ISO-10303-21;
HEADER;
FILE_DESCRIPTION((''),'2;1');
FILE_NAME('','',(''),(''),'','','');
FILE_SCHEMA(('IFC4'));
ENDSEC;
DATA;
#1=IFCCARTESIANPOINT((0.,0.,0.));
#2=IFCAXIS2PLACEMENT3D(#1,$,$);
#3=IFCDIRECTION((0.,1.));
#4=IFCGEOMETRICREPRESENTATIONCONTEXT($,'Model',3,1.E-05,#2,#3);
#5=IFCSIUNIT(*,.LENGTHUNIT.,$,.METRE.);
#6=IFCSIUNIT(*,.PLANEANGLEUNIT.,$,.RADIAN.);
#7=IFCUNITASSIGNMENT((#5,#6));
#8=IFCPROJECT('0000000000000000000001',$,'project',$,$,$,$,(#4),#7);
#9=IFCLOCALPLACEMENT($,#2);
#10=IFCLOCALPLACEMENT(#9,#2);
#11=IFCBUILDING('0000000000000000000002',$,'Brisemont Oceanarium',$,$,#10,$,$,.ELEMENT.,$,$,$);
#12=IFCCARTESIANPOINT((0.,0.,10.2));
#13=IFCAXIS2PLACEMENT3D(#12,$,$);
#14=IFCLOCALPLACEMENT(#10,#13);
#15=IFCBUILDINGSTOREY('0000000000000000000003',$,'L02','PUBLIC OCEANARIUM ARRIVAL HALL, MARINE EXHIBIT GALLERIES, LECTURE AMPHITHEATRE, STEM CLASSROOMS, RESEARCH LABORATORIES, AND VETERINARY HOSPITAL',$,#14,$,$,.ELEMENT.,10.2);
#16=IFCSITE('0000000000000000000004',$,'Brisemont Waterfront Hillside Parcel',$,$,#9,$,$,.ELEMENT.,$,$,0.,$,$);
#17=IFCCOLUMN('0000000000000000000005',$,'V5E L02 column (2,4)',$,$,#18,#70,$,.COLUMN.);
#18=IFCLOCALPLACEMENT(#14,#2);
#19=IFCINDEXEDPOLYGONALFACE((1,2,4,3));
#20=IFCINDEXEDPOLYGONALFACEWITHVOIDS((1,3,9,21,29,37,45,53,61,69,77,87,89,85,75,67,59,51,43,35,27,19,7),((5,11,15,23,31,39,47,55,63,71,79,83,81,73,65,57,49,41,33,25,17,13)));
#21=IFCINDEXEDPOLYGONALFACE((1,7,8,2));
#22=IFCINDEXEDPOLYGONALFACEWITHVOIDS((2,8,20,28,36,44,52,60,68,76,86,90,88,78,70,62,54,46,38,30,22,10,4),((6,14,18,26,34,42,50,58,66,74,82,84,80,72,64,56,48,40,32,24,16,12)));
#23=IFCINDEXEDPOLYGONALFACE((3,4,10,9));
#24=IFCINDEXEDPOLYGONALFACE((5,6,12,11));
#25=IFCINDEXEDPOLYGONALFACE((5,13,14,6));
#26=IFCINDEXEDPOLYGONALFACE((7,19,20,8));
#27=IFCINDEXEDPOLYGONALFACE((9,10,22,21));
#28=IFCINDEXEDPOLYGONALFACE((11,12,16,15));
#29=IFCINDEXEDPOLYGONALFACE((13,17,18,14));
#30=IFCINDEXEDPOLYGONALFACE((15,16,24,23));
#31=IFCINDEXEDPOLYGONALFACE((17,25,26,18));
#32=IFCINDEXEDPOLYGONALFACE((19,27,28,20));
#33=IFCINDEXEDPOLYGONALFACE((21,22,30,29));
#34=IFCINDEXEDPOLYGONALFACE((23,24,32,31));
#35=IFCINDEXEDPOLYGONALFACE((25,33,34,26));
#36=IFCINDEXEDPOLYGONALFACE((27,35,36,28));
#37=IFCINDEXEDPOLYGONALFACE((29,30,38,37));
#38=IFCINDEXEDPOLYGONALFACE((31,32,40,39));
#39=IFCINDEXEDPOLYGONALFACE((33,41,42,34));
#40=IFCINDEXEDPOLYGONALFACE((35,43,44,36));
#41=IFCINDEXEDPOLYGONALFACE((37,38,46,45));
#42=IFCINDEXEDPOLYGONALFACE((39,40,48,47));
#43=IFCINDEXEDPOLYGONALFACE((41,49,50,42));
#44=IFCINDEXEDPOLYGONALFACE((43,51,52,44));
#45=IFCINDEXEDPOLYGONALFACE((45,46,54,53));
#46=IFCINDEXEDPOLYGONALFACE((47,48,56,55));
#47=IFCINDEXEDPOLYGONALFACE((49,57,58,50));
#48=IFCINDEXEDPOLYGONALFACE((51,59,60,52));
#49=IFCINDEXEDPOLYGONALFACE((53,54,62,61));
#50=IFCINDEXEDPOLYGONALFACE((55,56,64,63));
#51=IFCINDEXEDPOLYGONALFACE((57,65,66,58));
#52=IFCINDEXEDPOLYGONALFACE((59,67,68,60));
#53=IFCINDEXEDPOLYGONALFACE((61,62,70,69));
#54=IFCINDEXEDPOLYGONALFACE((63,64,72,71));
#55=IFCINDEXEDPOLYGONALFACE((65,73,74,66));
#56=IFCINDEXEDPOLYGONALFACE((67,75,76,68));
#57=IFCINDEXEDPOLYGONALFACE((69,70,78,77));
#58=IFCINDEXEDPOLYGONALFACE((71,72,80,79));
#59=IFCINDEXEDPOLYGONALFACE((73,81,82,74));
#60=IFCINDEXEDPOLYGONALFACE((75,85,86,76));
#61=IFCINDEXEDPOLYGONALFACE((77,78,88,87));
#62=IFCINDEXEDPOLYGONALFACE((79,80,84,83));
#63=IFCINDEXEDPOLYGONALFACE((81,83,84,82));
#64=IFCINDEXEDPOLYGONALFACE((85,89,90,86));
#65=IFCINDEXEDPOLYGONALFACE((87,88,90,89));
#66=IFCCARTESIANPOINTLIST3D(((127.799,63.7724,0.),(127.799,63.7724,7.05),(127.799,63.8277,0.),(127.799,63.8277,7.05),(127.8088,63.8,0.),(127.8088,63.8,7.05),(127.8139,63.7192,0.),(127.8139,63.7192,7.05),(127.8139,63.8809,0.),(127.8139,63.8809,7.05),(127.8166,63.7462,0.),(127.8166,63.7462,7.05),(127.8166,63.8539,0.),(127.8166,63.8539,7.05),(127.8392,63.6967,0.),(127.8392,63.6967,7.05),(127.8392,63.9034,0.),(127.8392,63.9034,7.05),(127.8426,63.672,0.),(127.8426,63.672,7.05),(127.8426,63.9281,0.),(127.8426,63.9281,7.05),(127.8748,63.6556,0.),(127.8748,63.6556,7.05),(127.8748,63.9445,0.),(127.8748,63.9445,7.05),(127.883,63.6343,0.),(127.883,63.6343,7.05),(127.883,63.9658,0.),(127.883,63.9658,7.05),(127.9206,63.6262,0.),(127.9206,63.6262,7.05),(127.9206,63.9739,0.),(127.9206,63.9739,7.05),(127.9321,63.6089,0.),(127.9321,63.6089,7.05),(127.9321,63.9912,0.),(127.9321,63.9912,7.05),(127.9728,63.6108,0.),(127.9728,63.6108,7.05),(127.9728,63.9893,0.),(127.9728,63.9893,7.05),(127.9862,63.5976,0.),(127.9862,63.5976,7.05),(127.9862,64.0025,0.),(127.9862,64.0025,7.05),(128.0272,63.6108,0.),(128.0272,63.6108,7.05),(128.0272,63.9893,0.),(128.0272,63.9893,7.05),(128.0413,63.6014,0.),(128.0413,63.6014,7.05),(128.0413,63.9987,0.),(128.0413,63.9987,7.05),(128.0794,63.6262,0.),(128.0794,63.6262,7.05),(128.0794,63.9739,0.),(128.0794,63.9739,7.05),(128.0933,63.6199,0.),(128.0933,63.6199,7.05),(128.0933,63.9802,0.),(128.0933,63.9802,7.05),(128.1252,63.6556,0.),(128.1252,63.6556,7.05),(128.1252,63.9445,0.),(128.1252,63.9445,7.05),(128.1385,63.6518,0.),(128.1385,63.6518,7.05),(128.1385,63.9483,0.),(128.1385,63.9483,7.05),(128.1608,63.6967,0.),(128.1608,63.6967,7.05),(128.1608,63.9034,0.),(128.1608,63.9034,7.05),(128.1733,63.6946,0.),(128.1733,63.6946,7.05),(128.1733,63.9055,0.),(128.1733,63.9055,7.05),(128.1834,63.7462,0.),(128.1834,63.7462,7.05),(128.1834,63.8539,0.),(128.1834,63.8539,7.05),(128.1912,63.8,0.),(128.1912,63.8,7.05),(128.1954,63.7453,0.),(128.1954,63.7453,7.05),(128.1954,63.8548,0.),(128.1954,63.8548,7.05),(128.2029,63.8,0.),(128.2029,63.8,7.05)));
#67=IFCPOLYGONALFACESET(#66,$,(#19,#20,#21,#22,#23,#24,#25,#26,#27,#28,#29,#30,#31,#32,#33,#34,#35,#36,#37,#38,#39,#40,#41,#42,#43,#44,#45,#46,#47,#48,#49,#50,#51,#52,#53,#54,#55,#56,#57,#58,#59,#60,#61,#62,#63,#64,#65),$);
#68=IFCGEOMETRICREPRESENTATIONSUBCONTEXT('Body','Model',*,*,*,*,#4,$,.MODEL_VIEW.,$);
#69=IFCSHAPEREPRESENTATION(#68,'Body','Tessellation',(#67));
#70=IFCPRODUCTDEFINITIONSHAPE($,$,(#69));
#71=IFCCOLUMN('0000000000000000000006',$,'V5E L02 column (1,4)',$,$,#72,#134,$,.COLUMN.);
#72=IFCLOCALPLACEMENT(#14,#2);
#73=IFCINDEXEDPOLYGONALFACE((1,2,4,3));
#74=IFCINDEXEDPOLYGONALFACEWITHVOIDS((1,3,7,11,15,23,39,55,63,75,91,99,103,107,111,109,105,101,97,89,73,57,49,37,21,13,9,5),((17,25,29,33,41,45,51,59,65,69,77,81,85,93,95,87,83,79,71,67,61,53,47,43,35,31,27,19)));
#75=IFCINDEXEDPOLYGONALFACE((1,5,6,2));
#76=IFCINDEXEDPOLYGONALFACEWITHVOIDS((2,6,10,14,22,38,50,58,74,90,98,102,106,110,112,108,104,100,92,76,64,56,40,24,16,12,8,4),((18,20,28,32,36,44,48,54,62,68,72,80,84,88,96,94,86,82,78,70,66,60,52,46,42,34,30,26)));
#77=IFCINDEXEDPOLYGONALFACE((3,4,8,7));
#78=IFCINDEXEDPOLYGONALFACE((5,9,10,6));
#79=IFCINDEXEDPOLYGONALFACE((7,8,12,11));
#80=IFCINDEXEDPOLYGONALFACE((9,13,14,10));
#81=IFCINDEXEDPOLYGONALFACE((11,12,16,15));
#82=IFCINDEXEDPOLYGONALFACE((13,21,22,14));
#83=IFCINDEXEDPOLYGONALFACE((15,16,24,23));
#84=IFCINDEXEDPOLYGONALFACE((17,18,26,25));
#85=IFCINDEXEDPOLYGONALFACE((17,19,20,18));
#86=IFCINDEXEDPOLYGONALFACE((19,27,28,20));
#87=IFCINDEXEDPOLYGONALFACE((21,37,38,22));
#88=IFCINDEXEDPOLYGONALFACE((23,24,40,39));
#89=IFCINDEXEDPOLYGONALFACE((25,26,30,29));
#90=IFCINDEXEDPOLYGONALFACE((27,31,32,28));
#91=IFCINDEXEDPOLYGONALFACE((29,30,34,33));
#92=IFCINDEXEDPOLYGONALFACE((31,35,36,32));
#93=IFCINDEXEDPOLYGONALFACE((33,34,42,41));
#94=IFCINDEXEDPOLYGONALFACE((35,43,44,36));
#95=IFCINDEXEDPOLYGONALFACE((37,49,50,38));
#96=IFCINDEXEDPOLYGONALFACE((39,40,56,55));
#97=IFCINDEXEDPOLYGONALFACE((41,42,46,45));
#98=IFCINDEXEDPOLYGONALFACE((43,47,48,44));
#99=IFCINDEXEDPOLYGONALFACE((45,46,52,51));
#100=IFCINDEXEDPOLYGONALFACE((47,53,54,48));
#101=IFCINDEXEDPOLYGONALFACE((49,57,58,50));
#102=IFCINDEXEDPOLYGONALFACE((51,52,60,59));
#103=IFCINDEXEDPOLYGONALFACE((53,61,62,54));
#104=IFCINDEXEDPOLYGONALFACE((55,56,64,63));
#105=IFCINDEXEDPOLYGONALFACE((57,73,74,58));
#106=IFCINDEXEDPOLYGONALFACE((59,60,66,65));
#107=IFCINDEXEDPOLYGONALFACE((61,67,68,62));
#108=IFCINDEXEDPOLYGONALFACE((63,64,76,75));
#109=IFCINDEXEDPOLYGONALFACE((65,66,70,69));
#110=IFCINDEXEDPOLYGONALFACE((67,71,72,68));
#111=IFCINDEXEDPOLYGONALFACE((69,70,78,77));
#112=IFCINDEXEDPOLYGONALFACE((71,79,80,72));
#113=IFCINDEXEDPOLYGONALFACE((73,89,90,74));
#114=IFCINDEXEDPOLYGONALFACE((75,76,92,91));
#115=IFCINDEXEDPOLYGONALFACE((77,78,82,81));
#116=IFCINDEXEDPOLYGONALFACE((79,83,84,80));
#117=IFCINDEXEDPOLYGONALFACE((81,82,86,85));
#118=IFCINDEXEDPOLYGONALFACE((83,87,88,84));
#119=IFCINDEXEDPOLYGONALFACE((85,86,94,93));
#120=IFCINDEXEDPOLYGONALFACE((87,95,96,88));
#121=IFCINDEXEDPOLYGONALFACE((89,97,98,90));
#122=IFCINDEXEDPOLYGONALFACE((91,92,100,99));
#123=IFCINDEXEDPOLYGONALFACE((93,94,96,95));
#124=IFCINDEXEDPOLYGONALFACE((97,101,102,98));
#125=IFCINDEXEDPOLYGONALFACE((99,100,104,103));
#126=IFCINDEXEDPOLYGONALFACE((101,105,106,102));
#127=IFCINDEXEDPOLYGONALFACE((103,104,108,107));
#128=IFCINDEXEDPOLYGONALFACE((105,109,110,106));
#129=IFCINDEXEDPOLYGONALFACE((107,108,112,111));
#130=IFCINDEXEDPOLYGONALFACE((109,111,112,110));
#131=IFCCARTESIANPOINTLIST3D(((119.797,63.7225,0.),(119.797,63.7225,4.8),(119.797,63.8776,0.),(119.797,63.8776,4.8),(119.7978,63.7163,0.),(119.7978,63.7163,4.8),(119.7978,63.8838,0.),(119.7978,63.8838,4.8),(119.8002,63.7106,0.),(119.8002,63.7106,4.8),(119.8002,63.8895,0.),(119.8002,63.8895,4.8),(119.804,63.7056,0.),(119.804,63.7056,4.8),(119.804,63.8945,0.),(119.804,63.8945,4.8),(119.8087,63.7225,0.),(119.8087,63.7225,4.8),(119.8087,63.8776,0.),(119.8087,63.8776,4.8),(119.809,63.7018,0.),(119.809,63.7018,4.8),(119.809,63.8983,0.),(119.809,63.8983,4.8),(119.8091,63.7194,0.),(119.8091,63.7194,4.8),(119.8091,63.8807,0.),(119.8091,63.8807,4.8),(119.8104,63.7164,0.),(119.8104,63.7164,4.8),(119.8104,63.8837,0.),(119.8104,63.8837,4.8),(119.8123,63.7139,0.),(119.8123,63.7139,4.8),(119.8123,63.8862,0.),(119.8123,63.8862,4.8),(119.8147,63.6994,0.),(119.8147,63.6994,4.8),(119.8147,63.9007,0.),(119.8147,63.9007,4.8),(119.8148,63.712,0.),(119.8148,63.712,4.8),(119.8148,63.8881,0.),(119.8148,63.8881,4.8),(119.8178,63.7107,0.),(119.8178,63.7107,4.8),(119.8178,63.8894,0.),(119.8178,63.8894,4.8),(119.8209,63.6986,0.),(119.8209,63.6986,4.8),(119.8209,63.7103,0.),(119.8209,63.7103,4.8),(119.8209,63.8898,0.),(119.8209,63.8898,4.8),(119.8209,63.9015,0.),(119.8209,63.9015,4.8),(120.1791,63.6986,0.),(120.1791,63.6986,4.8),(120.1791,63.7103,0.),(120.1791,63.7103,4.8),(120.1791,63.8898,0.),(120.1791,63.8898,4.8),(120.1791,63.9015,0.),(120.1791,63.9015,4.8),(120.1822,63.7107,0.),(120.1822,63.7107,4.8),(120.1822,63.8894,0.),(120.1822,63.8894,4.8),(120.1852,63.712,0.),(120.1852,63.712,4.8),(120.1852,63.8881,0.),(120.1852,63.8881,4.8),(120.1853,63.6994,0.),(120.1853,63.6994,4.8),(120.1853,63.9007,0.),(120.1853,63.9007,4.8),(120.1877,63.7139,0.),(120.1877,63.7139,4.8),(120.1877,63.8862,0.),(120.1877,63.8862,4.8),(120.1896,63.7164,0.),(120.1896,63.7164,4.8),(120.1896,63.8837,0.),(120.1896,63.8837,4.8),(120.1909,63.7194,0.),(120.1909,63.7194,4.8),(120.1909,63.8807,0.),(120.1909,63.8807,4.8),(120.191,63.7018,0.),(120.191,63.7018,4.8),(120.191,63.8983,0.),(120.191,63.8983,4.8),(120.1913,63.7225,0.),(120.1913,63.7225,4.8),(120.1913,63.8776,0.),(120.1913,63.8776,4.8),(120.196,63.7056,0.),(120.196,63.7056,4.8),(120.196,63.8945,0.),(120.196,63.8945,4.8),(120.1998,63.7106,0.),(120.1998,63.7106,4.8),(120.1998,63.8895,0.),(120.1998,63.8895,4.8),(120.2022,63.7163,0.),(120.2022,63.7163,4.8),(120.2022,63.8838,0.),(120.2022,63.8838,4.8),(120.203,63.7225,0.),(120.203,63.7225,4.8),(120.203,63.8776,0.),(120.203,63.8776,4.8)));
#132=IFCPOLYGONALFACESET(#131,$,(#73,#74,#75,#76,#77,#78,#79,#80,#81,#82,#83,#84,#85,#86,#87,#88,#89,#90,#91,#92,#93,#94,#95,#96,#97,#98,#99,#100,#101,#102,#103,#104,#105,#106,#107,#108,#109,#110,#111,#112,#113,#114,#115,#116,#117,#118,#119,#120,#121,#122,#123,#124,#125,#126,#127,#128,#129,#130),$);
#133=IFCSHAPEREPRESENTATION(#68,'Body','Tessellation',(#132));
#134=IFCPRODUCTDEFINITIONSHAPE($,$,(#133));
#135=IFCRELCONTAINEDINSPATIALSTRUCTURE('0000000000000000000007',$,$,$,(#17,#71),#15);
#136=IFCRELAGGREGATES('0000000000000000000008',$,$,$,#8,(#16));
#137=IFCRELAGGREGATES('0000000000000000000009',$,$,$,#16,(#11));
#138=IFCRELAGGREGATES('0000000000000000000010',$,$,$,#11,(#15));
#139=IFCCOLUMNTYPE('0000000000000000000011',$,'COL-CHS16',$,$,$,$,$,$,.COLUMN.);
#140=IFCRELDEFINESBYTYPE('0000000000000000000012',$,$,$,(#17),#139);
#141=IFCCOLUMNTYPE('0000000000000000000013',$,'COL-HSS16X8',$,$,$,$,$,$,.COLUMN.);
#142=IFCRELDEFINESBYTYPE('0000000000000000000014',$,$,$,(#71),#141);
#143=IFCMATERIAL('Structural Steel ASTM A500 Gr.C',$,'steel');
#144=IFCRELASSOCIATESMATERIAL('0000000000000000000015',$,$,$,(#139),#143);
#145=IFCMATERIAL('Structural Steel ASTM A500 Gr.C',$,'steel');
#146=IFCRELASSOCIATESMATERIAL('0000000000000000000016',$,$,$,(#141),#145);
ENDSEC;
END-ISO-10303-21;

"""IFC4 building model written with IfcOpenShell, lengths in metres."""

from ifc_helpers import new_model, si_unit, direction, frame, origin, origin_2d, place, context, subcontext, project, spatial, hollow_rectangle, hollow_circle, extrude, material, material_profile, profile_set, type_object, element, save


model = new_model("IFC4")

# Units and contexts
model_context = context("Model", 3, precision=1e-05, world=origin(), true_north=direction((0.0, 1.0)))
body_context = subcontext(model_context, "Body", "Model", "MODEL_VIEW")
ifc_project = project(units=[si_unit("LENGTHUNIT", "METRE"), si_unit("PLANEANGLEUNIT", "RADIAN")], contexts=[model_context])

# Site, building, storey
site_placement = place(None, origin())
site = spatial("IfcSite", under=ifc_project, at=site_placement, Name="Brisemont Waterfront Hillside Parcel", CompositionType="ELEMENT", RefElevation=0.0)
building_placement = place(site_placement, origin())
building = spatial("IfcBuilding", under=site, at=building_placement, Name="Brisemont Oceanarium", CompositionType="ELEMENT")
storey_placement = place(building_placement, frame((0.0, 0.0, 10.2)))
storey = spatial("IfcBuildingStorey", under=building, at=storey_placement, Name="L02", Description="PUBLIC OCEANARIUM ARRIVAL HALL, MARINE EXHIBIT GALLERIES, LECTURE AMPHITHEATRE, STEM CLASSROOMS, RESEARCH LABORATORIES, AND VETERINARY HOSPITAL", CompositionType="ELEMENT", Elevation=10.2)

# Columns
ifc_material_1 = material(Name="Structural Steel ASTM A500 Gr.C", Category="steel")
ifc_material_profile_1 = material_profile(ifc_material_1, hollow_circle(Radius=0.2029, WallThickness=0.0117, at=origin_2d()), Name="HSS16.000X0.500")
ifc_profile_set_1 = profile_set([ifc_material_profile_1], Name="Structural Steel ASTM A500 Gr.C")
column_type_1 = type_object("IfcColumnType", Name="COL-CHS16", PredefinedType="COLUMN", material=ifc_profile_set_1)
column_1_placement = place(storey_placement, frame((128.0, 63.8, 0.0), z_axis=(0.0, 0.0, 1.0), x_axis=(1.0, 0.0, 0.0)))
element("IfcColumn", 1, at=column_1_placement, inside=storey, type_object=column_type_1, Name="V5E L02 column (2,4)", PredefinedType="COLUMN", context=body_context, shape_type="SweptSolid", body=[
    extrude(hollow_circle(Radius=0.2029, WallThickness=0.0117, at=origin_2d()), origin(), (0.0, 0.0, 1.0), 7.05),
])
ifc_material_2 = material(Name="Structural Steel ASTM A500 Gr.C", Category="steel")
ifc_material_profile_2 = material_profile(ifc_material_2, hollow_rectangle(XDim=0.2029, YDim=0.406, WallThickness=0.0117, InnerFilletRadius=0.0122, OuterFilletRadius=0.0239, at=origin_2d()), Name="HSS16X8X1/2")
ifc_profile_set_2 = profile_set([ifc_material_profile_2], Name="Structural Steel ASTM A500 Gr.C")
column_type_2 = type_object("IfcColumnType", Name="COL-HSS16X8", PredefinedType="COLUMN", material=ifc_profile_set_2)
column_2_placement = place(storey_placement, frame((120.0, 63.8, 0.0), z_axis=(0.0, 0.0, 1.0), x_axis=(0.0, 1.0, 0.0)))
element("IfcColumn", 2, at=column_2_placement, inside=storey, type_object=column_type_2, Name="V5E L02 column (1,4)", PredefinedType="COLUMN", context=body_context, shape_type="SweptSolid", body=[
    extrude(hollow_rectangle(XDim=0.2029, YDim=0.406, WallThickness=0.0117, InnerFilletRadius=0.0122, OuterFilletRadius=0.0239, at=origin_2d()), origin(), (0.0, 0.0, 1.0), 4.8),
])

save(model, "model.ifc")
